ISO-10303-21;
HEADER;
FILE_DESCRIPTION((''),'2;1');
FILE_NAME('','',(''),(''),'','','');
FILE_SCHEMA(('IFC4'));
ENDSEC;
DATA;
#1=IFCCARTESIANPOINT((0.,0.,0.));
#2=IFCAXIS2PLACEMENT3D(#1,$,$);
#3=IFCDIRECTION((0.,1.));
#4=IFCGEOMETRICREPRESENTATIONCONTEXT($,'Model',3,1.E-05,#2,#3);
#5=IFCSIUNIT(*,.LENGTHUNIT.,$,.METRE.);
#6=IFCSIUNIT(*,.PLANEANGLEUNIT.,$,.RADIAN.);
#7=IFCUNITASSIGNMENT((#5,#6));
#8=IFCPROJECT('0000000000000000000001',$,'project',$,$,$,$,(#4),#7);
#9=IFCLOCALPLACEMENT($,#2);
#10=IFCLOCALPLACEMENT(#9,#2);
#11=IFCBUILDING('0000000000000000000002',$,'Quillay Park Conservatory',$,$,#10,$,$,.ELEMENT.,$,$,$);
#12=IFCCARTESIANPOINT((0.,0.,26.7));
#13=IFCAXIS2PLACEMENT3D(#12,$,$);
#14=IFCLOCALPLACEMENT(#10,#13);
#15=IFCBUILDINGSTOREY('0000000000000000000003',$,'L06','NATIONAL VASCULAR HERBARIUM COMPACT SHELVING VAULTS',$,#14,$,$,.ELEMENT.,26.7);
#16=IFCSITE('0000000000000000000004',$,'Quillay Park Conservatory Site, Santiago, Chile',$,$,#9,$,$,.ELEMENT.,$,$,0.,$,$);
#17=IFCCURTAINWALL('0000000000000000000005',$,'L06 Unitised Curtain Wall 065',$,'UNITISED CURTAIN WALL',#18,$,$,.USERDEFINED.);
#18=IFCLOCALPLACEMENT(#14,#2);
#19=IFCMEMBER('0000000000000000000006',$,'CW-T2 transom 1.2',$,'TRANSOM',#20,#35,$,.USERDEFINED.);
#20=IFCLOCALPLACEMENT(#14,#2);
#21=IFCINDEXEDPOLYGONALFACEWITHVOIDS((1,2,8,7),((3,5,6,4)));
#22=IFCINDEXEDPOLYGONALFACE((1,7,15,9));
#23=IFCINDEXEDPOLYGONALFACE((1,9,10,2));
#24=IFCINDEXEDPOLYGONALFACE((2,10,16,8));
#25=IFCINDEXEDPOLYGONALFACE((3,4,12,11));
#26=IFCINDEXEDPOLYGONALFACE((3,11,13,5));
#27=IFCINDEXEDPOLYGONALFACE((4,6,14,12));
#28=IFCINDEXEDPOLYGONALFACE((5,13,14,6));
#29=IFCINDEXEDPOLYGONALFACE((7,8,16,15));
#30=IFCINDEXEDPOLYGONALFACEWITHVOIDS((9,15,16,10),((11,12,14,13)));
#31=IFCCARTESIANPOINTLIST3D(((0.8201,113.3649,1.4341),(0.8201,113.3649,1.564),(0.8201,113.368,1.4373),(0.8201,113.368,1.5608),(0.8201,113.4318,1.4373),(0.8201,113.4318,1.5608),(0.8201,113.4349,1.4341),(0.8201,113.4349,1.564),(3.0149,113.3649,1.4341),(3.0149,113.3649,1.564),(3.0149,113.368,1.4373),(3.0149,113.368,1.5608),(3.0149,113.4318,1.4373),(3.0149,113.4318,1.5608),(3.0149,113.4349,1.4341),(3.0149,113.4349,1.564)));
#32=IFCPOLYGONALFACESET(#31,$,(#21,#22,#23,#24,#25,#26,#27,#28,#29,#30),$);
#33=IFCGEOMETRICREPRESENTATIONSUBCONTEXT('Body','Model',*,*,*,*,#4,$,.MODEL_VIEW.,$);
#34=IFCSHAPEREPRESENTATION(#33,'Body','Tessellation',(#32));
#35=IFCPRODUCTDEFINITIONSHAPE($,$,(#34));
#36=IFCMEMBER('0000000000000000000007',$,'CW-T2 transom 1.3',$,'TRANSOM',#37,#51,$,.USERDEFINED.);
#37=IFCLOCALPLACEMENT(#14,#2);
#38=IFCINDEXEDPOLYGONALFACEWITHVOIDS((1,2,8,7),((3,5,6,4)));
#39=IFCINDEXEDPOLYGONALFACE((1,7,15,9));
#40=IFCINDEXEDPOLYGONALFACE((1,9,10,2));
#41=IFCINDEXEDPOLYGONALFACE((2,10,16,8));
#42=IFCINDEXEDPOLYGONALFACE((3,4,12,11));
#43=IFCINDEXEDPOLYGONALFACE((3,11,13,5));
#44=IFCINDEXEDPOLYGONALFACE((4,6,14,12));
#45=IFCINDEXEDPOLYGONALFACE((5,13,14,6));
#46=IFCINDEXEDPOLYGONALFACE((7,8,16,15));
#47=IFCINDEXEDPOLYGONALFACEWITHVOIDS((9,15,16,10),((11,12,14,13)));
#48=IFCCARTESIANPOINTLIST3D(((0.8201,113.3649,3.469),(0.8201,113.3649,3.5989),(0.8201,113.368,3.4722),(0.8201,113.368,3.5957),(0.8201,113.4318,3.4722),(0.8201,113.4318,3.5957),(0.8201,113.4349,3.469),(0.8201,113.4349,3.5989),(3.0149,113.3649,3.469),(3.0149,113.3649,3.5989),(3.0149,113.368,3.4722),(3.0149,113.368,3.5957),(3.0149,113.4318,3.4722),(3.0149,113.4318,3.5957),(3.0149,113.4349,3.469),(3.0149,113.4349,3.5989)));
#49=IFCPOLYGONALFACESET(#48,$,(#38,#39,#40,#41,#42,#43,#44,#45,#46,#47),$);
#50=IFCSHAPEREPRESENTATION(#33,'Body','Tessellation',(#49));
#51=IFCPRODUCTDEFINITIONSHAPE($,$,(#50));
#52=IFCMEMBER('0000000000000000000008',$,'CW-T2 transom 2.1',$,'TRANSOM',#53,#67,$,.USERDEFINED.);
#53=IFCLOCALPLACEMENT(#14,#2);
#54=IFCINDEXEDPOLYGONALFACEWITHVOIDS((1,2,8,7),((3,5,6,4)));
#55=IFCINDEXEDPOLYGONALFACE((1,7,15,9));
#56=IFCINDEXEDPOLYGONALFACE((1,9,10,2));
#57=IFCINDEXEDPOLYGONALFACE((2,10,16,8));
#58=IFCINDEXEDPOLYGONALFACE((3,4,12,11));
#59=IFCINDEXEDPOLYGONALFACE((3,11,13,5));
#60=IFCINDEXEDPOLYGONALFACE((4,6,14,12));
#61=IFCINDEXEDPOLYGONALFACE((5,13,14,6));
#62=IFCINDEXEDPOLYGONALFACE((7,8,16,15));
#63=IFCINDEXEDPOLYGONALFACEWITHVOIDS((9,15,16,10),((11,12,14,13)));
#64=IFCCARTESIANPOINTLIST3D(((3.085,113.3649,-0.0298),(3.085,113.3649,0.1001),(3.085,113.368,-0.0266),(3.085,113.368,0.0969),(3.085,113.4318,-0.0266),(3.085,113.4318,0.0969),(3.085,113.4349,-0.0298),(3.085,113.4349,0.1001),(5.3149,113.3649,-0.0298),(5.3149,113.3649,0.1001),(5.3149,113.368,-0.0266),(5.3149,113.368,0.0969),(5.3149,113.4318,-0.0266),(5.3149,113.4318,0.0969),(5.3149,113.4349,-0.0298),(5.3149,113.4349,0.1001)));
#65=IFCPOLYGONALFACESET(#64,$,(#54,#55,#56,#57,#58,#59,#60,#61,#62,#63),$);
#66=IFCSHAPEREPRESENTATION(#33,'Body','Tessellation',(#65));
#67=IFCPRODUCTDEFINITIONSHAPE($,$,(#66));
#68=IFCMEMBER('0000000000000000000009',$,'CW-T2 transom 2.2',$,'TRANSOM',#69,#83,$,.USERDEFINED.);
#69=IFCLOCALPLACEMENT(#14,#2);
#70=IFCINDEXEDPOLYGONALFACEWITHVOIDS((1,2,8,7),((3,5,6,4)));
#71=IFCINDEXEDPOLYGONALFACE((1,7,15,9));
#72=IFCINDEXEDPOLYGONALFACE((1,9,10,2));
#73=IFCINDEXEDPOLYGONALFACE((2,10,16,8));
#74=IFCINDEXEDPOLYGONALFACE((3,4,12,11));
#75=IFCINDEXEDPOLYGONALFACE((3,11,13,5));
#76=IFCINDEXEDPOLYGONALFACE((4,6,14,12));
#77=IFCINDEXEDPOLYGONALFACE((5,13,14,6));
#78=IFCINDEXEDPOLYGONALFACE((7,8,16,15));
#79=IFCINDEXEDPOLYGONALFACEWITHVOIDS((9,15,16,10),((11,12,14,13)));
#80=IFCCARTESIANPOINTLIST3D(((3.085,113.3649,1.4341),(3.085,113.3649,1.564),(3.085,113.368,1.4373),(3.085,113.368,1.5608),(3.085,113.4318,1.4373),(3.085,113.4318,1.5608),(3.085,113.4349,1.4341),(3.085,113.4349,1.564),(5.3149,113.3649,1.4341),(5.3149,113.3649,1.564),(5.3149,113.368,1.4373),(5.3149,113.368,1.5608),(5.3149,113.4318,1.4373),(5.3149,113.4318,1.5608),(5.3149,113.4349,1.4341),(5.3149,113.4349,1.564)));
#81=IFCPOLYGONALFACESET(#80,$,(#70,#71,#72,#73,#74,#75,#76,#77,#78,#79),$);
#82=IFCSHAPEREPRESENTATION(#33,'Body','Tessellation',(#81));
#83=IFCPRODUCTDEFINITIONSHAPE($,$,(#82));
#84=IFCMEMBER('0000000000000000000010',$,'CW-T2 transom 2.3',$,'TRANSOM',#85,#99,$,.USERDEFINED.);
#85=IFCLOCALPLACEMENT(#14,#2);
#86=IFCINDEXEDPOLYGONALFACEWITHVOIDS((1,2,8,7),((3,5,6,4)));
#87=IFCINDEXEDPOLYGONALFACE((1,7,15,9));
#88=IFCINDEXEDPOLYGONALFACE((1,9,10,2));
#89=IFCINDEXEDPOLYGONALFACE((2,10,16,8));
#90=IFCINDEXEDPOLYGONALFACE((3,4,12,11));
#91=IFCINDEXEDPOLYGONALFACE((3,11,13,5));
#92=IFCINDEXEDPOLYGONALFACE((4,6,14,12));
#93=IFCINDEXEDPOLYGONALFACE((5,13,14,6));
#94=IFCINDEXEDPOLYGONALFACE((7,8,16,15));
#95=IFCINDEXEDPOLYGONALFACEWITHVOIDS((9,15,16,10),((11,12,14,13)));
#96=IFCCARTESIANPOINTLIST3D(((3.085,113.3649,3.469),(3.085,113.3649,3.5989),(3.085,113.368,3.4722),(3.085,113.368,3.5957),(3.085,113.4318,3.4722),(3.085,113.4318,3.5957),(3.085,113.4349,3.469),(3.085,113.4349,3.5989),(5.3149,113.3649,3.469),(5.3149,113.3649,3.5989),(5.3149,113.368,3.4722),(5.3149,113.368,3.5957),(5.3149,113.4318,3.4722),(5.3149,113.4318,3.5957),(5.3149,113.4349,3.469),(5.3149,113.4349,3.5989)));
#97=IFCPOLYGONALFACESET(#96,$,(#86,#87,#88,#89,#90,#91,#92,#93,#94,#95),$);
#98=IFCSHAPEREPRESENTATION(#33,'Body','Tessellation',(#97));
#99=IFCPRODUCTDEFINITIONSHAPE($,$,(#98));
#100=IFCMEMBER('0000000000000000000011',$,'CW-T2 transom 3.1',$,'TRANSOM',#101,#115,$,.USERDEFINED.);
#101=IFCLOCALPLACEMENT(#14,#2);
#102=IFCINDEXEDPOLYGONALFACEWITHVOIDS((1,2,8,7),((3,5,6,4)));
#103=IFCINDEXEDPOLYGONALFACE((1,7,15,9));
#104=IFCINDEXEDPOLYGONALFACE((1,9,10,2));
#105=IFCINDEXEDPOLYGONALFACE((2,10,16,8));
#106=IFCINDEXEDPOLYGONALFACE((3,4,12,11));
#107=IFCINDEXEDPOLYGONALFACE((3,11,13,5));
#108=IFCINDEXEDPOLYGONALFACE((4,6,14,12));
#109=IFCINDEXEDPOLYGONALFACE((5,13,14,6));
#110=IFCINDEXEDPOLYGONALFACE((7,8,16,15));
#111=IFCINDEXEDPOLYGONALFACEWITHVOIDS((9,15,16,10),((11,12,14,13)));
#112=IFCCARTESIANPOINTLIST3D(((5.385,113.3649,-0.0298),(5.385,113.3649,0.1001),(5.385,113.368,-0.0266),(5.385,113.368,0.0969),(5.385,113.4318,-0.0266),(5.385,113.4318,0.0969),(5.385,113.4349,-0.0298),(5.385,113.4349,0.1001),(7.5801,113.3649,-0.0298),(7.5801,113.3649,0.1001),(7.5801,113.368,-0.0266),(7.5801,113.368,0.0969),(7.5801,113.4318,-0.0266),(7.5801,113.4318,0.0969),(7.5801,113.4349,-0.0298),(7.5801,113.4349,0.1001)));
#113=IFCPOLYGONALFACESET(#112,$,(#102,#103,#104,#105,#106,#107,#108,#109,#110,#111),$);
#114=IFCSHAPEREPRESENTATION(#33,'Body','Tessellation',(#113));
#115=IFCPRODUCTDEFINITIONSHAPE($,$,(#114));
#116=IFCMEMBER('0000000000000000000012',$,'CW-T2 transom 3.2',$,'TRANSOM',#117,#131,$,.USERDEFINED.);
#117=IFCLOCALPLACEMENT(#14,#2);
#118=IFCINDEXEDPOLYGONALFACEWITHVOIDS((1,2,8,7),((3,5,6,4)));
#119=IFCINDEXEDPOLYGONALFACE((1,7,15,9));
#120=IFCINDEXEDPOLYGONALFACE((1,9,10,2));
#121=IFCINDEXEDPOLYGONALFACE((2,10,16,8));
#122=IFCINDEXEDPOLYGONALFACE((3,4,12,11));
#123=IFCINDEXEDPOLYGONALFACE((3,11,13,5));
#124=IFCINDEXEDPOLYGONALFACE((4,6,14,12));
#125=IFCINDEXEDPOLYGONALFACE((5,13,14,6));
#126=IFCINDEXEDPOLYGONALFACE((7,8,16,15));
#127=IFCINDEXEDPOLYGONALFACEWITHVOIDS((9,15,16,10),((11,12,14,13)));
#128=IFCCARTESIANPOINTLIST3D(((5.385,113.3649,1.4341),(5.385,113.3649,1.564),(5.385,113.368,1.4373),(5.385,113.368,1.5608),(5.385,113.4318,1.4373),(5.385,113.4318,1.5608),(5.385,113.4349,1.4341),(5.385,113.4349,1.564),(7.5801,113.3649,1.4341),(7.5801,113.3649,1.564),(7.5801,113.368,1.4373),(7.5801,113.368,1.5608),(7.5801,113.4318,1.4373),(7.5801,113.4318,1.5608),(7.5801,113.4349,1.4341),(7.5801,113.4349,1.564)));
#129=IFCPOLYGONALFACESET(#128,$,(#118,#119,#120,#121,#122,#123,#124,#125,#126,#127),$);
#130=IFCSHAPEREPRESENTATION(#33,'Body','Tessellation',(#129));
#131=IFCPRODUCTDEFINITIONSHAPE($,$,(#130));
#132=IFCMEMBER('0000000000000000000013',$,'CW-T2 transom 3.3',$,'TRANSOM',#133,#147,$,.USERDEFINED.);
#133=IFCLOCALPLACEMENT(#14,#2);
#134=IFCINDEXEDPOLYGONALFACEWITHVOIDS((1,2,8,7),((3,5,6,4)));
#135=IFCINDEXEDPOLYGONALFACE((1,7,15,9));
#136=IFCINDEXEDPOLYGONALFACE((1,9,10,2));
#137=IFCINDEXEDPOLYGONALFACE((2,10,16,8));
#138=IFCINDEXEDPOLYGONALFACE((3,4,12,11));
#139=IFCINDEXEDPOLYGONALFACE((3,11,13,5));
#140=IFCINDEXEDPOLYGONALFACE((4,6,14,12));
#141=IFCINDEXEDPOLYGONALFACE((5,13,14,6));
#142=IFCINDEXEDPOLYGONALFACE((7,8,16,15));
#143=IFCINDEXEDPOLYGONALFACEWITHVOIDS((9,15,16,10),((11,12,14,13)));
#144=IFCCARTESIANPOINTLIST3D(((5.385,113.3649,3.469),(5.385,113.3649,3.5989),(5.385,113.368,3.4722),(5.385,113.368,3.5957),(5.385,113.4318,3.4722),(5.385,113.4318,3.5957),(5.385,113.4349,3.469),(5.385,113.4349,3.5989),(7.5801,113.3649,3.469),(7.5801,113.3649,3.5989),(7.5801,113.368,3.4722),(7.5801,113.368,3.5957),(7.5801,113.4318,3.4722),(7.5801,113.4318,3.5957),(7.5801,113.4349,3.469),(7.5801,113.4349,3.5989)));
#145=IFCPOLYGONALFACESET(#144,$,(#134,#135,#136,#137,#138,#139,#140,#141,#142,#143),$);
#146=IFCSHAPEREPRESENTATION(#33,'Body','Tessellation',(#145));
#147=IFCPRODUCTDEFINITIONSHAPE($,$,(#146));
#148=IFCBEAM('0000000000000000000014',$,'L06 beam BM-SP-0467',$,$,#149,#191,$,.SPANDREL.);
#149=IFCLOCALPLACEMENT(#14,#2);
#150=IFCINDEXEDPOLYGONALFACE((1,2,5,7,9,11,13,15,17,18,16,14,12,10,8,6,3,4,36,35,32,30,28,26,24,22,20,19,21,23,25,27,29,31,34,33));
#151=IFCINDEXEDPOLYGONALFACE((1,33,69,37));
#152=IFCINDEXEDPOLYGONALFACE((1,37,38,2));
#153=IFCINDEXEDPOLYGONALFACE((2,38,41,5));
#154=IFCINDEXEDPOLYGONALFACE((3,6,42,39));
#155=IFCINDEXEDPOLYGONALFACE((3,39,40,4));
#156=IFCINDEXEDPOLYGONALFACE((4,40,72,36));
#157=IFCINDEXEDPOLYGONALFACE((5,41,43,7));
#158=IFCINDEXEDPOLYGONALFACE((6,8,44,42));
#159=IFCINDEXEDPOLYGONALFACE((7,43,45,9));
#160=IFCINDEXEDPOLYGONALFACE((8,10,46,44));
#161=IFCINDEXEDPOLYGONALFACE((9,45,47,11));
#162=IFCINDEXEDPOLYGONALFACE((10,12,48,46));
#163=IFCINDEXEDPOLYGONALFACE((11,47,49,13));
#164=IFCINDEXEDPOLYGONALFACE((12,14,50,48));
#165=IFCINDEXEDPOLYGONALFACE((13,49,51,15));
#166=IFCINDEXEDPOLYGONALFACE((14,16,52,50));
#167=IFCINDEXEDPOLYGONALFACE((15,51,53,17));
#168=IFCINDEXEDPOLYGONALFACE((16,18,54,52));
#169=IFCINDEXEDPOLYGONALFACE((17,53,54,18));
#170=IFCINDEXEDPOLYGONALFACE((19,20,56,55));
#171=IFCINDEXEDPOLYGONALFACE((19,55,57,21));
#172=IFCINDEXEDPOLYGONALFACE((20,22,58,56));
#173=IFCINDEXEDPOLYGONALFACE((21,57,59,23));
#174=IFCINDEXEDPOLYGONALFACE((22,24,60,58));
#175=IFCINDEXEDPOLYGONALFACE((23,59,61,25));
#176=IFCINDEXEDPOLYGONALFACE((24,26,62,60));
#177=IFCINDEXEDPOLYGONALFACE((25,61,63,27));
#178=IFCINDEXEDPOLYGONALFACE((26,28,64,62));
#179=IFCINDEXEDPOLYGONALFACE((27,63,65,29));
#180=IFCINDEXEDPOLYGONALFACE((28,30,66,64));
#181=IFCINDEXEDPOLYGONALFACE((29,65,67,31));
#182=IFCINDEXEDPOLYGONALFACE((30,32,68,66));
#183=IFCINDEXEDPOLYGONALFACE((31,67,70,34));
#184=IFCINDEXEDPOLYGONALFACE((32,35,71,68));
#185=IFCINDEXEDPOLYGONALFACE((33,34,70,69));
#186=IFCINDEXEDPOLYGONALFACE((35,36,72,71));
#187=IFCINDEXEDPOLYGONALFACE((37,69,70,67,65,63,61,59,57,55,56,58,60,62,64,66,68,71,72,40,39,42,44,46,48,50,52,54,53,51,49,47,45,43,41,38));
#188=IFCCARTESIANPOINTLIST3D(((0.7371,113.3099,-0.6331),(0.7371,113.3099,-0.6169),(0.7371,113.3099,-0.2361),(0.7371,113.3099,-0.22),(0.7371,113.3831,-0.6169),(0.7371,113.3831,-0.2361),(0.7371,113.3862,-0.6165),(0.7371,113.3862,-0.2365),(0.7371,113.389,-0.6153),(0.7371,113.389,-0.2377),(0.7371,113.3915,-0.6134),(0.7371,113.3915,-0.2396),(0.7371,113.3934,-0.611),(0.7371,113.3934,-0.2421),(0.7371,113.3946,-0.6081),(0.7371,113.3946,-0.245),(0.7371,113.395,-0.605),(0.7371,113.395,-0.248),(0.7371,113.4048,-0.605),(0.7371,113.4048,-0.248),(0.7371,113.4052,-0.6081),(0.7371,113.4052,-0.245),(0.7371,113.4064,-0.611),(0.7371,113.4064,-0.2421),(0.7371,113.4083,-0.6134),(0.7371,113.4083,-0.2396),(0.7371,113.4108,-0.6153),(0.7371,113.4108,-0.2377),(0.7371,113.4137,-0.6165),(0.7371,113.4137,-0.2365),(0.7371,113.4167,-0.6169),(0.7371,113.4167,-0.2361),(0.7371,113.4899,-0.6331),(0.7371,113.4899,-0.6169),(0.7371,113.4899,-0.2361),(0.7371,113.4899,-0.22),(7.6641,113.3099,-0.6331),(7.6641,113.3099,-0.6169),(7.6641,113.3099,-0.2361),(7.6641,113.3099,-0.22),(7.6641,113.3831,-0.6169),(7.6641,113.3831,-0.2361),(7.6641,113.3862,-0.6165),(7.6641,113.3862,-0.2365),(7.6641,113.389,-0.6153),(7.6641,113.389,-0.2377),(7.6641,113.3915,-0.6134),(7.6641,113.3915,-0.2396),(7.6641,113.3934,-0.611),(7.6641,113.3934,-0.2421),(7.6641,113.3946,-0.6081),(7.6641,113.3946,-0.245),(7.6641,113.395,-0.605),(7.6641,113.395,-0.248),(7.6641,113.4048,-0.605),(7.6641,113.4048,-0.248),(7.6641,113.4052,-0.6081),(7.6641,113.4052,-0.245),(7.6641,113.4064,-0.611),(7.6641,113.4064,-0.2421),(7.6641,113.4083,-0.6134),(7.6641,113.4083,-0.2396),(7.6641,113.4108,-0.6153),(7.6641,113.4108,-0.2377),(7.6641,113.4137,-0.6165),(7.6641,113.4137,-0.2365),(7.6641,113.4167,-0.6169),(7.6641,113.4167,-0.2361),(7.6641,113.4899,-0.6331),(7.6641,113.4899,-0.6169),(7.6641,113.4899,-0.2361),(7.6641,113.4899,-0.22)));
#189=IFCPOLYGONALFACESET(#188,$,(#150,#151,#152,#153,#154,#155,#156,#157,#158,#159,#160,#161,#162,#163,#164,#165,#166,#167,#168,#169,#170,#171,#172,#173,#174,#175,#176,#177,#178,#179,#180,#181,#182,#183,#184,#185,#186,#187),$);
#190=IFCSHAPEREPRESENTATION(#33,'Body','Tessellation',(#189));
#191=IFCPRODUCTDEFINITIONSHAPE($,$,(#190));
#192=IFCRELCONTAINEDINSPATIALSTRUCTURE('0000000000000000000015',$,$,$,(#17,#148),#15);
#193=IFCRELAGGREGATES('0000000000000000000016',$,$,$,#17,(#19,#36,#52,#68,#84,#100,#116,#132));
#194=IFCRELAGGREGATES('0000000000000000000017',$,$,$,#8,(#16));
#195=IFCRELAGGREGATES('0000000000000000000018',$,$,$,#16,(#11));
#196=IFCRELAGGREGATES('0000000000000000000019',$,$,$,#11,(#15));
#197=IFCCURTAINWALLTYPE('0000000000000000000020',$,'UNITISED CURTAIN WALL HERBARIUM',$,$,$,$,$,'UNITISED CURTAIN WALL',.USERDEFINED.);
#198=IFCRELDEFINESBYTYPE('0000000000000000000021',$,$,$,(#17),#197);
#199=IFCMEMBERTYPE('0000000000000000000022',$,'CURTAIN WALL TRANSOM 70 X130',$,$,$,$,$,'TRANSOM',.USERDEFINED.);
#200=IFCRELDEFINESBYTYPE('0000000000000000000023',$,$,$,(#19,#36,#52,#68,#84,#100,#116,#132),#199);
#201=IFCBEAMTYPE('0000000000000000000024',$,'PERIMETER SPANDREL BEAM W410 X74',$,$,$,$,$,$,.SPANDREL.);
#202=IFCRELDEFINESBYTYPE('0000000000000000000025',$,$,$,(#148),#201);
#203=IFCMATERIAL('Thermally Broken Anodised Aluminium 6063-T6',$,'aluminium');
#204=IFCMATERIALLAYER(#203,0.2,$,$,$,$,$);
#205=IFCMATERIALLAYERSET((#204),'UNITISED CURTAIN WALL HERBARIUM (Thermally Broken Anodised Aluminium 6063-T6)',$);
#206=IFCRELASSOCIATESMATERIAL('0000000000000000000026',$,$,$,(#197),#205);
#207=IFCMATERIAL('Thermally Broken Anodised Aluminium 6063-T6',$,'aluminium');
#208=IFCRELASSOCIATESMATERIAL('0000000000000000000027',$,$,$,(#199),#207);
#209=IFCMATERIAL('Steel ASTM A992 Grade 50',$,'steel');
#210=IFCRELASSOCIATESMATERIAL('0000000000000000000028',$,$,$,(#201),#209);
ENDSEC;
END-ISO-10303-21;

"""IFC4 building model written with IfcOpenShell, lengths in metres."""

from ifc_helpers import new_model, si_unit, direction, frame, origin, origin_2d, place, context, subcontext, project, spatial, hollow_rectangle, i_section, extrude, material, layer, layer_set, material_profile, profile_set, type_object, element, aggregate, save


model = new_model("IFC4")

# Units and contexts
model_context = context("Model", 3, precision=1e-05, world=origin(), true_north=direction((0.0, 1.0)))
body_context = subcontext(model_context, "Body", "Model", "MODEL_VIEW")
ifc_project = project(units=[si_unit("LENGTHUNIT", "METRE"), si_unit("PLANEANGLEUNIT", "RADIAN")], contexts=[model_context])

# Site, building, storey
site_placement = place(None, origin())
site = spatial("IfcSite", under=ifc_project, at=site_placement, Name="Quillay Park Conservatory Site, Santiago, Chile", CompositionType="ELEMENT", RefElevation=0.0)
building_placement = place(site_placement, origin())
building = spatial("IfcBuilding", under=site, at=building_placement, Name="Quillay Park Conservatory", CompositionType="ELEMENT")
storey_placement = place(building_placement, frame((0.0, 0.0, 26.7)))
storey = spatial("IfcBuildingStorey", under=building, at=storey_placement, Name="L06", Description="NATIONAL VASCULAR HERBARIUM COMPACT SHELVING VAULTS", CompositionType="ELEMENT", Elevation=26.7)

# Curtain wall, members
ifc_material_1 = material(Name="Thermally Broken Anodised Aluminium 6063-T6", Category="aluminium")
ifc_layer_1 = layer(ifc_material_1, 0.2)
ifc_layer_set_1 = layer_set([ifc_layer_1], Name="UNITISED CURTAIN WALL HERBARIUM (Thermally Broken Anodised Aluminium 6063-T6)")
curtain_wall_type = type_object("IfcCurtainWallType", Name="UNITISED CURTAIN WALL HERBARIUM", ElementType="UNITISED CURTAIN WALL", PredefinedType="USERDEFINED", material=ifc_layer_set_1)
curtain_wall_placement = place(storey_placement, origin())
curtain_wall = element("IfcCurtainWall", 1, at=curtain_wall_placement, inside=storey, type_object=curtain_wall_type, Name="L06 Unitised Curtain Wall 065", ObjectType="UNITISED CURTAIN WALL", PredefinedType="USERDEFINED")
ifc_material_2 = material(Name="Thermally Broken Anodised Aluminium 6063-T6", Category="aluminium")
ifc_material_profile_1 = material_profile(ifc_material_2, hollow_rectangle(XDim=0.0701, YDim=0.1299, WallThickness=0.0032, at=origin_2d()), Name="AL70x130x3.2")
ifc_profile_set_1 = profile_set([ifc_material_profile_1], Name="Thermally Broken Anodised Aluminium 6063-T6")
member_type_1 = type_object("IfcMemberType", Name="CURTAIN WALL TRANSOM 70 X130", ElementType="TRANSOM", PredefinedType="USERDEFINED", material=ifc_profile_set_1)
member_1_placement = place(storey_placement, frame((0.8201, 113.3999, 1.499), z_axis=(1.0, 0.0, 0.0), x_axis=(0.0, 1.0, 0.0)))
member_1 = element("IfcMember", 2, at=member_1_placement, type_object=member_type_1, Name="CW-T2 transom 1.2", ObjectType="TRANSOM", PredefinedType="USERDEFINED", context=body_context, shape_type="SweptSolid", body=[
    extrude(hollow_rectangle(XDim=0.0701, YDim=0.1299, WallThickness=0.0032, at=origin_2d()), origin(), (0.0, 0.0, 1.0), 2.1948),
])
member_2_placement = place(storey_placement, frame((0.8201, 113.3999, 3.5339), z_axis=(1.0, 0.0, 0.0), x_axis=(0.0, 1.0, 0.0)))
member_2 = element("IfcMember", 3, at=member_2_placement, type_object=member_type_1, Name="CW-T2 transom 1.3", ObjectType="TRANSOM", PredefinedType="USERDEFINED", context=body_context, shape_type="SweptSolid", body=[
    extrude(hollow_rectangle(XDim=0.0701, YDim=0.1299, WallThickness=0.0032, at=origin_2d()), origin(), (0.0, 0.0, 1.0), 2.1948),
])
member_3_placement = place(storey_placement, frame((3.085, 113.3999, 0.0352), z_axis=(1.0, 0.0, 0.0), x_axis=(0.0, 1.0, 0.0)))
member_3 = element("IfcMember", 4, at=member_3_placement, type_object=member_type_1, Name="CW-T2 transom 2.1", ObjectType="TRANSOM", PredefinedType="USERDEFINED", context=body_context, shape_type="SweptSolid", body=[
    extrude(hollow_rectangle(XDim=0.0701, YDim=0.1299, WallThickness=0.0032, at=origin_2d()), origin(), (0.0, 0.0, 1.0), 2.23),
])
member_4_placement = place(storey_placement, frame((3.085, 113.3999, 1.499), z_axis=(1.0, 0.0, 0.0), x_axis=(0.0, 1.0, 0.0)))
member_4 = element("IfcMember", 5, at=member_4_placement, type_object=member_type_1, Name="CW-T2 transom 2.2", ObjectType="TRANSOM", PredefinedType="USERDEFINED", context=body_context, shape_type="SweptSolid", body=[
    extrude(hollow_rectangle(XDim=0.0701, YDim=0.1299, WallThickness=0.0032, at=origin_2d()), origin(), (0.0, 0.0, 1.0), 2.23),
])
member_5_placement = place(storey_placement, frame((3.085, 113.3999, 3.5339), z_axis=(1.0, 0.0, 0.0), x_axis=(0.0, 1.0, 0.0)))
member_5 = element("IfcMember", 6, at=member_5_placement, type_object=member_type_1, Name="CW-T2 transom 2.3", ObjectType="TRANSOM", PredefinedType="USERDEFINED", context=body_context, shape_type="SweptSolid", body=[
    extrude(hollow_rectangle(XDim=0.0701, YDim=0.1299, WallThickness=0.0032, at=origin_2d()), origin(), (0.0, 0.0, 1.0), 2.23),
])
member_6_placement = place(storey_placement, frame((5.385, 113.3999, 0.0352), z_axis=(1.0, 0.0, 0.0), x_axis=(0.0, 1.0, 0.0)))
member_6 = element("IfcMember", 7, at=member_6_placement, type_object=member_type_1, Name="CW-T2 transom 3.1", ObjectType="TRANSOM", PredefinedType="USERDEFINED", context=body_context, shape_type="SweptSolid", body=[
    extrude(hollow_rectangle(XDim=0.0701, YDim=0.1299, WallThickness=0.0032, at=origin_2d()), origin(), (0.0, 0.0, 1.0), 2.1951),
])
member_7_placement = place(storey_placement, frame((5.385, 113.3999, 1.499), z_axis=(1.0, 0.0, 0.0), x_axis=(0.0, 1.0, 0.0)))
member_7 = element("IfcMember", 8, at=member_7_placement, type_object=member_type_1, Name="CW-T2 transom 3.2", ObjectType="TRANSOM", PredefinedType="USERDEFINED", context=body_context, shape_type="SweptSolid", body=[
    extrude(hollow_rectangle(XDim=0.0701, YDim=0.1299, WallThickness=0.0032, at=origin_2d()), origin(), (0.0, 0.0, 1.0), 2.1951),
])
member_8_placement = place(storey_placement, frame((5.385, 113.3999, 3.5339), z_axis=(1.0, 0.0, 0.0), x_axis=(0.0, 1.0, 0.0)))
member_8 = element("IfcMember", 9, at=member_8_placement, type_object=member_type_1, Name="CW-T2 transom 3.3", ObjectType="TRANSOM", PredefinedType="USERDEFINED", context=body_context, shape_type="SweptSolid", body=[
    extrude(hollow_rectangle(XDim=0.0701, YDim=0.1299, WallThickness=0.0032, at=origin_2d()), origin(), (0.0, 0.0, 1.0), 2.1951),
])

# Beam
ifc_material_3 = material(Name="Steel ASTM A992 Grade 50", Category="steel")
ifc_material_profile_2 = material_profile(ifc_material_3, i_section(OverallWidth=0.1799, OverallDepth=0.4131, WebThickness=0.0098, FlangeThickness=0.0161, FilletRadius=0.012, at=origin_2d()), Name="W410x74")
ifc_profile_set_2 = profile_set([ifc_material_profile_2], Name="Steel ASTM A992 Grade 50")
beam_type = type_object("IfcBeamType", Name="PERIMETER SPANDREL BEAM W410 X74", PredefinedType="SPANDREL", material=ifc_profile_set_2)
beam_1_placement = place(storey_placement, frame((0.7371, 113.3999, -0.4265), z_axis=(1.0, 0.0, 0.0), x_axis=(0.0, 1.0, 0.0)))
element("IfcBeam", 10, at=beam_1_placement, inside=storey, type_object=beam_type, Name="L06 beam BM-SP-0467", PredefinedType="SPANDREL", context=body_context, shape_type="SweptSolid", body=[
    extrude(i_section(OverallWidth=0.1799, OverallDepth=0.4131, WebThickness=0.0098, FlangeThickness=0.0161, FilletRadius=0.012, at=origin_2d()), origin(), (0.0, 0.0, 1.0), 6.927),
])

aggregate(curtain_wall, [member_1, member_2, member_3, member_4, member_5, member_6, member_7, member_8])

save(model, "model.ifc")
